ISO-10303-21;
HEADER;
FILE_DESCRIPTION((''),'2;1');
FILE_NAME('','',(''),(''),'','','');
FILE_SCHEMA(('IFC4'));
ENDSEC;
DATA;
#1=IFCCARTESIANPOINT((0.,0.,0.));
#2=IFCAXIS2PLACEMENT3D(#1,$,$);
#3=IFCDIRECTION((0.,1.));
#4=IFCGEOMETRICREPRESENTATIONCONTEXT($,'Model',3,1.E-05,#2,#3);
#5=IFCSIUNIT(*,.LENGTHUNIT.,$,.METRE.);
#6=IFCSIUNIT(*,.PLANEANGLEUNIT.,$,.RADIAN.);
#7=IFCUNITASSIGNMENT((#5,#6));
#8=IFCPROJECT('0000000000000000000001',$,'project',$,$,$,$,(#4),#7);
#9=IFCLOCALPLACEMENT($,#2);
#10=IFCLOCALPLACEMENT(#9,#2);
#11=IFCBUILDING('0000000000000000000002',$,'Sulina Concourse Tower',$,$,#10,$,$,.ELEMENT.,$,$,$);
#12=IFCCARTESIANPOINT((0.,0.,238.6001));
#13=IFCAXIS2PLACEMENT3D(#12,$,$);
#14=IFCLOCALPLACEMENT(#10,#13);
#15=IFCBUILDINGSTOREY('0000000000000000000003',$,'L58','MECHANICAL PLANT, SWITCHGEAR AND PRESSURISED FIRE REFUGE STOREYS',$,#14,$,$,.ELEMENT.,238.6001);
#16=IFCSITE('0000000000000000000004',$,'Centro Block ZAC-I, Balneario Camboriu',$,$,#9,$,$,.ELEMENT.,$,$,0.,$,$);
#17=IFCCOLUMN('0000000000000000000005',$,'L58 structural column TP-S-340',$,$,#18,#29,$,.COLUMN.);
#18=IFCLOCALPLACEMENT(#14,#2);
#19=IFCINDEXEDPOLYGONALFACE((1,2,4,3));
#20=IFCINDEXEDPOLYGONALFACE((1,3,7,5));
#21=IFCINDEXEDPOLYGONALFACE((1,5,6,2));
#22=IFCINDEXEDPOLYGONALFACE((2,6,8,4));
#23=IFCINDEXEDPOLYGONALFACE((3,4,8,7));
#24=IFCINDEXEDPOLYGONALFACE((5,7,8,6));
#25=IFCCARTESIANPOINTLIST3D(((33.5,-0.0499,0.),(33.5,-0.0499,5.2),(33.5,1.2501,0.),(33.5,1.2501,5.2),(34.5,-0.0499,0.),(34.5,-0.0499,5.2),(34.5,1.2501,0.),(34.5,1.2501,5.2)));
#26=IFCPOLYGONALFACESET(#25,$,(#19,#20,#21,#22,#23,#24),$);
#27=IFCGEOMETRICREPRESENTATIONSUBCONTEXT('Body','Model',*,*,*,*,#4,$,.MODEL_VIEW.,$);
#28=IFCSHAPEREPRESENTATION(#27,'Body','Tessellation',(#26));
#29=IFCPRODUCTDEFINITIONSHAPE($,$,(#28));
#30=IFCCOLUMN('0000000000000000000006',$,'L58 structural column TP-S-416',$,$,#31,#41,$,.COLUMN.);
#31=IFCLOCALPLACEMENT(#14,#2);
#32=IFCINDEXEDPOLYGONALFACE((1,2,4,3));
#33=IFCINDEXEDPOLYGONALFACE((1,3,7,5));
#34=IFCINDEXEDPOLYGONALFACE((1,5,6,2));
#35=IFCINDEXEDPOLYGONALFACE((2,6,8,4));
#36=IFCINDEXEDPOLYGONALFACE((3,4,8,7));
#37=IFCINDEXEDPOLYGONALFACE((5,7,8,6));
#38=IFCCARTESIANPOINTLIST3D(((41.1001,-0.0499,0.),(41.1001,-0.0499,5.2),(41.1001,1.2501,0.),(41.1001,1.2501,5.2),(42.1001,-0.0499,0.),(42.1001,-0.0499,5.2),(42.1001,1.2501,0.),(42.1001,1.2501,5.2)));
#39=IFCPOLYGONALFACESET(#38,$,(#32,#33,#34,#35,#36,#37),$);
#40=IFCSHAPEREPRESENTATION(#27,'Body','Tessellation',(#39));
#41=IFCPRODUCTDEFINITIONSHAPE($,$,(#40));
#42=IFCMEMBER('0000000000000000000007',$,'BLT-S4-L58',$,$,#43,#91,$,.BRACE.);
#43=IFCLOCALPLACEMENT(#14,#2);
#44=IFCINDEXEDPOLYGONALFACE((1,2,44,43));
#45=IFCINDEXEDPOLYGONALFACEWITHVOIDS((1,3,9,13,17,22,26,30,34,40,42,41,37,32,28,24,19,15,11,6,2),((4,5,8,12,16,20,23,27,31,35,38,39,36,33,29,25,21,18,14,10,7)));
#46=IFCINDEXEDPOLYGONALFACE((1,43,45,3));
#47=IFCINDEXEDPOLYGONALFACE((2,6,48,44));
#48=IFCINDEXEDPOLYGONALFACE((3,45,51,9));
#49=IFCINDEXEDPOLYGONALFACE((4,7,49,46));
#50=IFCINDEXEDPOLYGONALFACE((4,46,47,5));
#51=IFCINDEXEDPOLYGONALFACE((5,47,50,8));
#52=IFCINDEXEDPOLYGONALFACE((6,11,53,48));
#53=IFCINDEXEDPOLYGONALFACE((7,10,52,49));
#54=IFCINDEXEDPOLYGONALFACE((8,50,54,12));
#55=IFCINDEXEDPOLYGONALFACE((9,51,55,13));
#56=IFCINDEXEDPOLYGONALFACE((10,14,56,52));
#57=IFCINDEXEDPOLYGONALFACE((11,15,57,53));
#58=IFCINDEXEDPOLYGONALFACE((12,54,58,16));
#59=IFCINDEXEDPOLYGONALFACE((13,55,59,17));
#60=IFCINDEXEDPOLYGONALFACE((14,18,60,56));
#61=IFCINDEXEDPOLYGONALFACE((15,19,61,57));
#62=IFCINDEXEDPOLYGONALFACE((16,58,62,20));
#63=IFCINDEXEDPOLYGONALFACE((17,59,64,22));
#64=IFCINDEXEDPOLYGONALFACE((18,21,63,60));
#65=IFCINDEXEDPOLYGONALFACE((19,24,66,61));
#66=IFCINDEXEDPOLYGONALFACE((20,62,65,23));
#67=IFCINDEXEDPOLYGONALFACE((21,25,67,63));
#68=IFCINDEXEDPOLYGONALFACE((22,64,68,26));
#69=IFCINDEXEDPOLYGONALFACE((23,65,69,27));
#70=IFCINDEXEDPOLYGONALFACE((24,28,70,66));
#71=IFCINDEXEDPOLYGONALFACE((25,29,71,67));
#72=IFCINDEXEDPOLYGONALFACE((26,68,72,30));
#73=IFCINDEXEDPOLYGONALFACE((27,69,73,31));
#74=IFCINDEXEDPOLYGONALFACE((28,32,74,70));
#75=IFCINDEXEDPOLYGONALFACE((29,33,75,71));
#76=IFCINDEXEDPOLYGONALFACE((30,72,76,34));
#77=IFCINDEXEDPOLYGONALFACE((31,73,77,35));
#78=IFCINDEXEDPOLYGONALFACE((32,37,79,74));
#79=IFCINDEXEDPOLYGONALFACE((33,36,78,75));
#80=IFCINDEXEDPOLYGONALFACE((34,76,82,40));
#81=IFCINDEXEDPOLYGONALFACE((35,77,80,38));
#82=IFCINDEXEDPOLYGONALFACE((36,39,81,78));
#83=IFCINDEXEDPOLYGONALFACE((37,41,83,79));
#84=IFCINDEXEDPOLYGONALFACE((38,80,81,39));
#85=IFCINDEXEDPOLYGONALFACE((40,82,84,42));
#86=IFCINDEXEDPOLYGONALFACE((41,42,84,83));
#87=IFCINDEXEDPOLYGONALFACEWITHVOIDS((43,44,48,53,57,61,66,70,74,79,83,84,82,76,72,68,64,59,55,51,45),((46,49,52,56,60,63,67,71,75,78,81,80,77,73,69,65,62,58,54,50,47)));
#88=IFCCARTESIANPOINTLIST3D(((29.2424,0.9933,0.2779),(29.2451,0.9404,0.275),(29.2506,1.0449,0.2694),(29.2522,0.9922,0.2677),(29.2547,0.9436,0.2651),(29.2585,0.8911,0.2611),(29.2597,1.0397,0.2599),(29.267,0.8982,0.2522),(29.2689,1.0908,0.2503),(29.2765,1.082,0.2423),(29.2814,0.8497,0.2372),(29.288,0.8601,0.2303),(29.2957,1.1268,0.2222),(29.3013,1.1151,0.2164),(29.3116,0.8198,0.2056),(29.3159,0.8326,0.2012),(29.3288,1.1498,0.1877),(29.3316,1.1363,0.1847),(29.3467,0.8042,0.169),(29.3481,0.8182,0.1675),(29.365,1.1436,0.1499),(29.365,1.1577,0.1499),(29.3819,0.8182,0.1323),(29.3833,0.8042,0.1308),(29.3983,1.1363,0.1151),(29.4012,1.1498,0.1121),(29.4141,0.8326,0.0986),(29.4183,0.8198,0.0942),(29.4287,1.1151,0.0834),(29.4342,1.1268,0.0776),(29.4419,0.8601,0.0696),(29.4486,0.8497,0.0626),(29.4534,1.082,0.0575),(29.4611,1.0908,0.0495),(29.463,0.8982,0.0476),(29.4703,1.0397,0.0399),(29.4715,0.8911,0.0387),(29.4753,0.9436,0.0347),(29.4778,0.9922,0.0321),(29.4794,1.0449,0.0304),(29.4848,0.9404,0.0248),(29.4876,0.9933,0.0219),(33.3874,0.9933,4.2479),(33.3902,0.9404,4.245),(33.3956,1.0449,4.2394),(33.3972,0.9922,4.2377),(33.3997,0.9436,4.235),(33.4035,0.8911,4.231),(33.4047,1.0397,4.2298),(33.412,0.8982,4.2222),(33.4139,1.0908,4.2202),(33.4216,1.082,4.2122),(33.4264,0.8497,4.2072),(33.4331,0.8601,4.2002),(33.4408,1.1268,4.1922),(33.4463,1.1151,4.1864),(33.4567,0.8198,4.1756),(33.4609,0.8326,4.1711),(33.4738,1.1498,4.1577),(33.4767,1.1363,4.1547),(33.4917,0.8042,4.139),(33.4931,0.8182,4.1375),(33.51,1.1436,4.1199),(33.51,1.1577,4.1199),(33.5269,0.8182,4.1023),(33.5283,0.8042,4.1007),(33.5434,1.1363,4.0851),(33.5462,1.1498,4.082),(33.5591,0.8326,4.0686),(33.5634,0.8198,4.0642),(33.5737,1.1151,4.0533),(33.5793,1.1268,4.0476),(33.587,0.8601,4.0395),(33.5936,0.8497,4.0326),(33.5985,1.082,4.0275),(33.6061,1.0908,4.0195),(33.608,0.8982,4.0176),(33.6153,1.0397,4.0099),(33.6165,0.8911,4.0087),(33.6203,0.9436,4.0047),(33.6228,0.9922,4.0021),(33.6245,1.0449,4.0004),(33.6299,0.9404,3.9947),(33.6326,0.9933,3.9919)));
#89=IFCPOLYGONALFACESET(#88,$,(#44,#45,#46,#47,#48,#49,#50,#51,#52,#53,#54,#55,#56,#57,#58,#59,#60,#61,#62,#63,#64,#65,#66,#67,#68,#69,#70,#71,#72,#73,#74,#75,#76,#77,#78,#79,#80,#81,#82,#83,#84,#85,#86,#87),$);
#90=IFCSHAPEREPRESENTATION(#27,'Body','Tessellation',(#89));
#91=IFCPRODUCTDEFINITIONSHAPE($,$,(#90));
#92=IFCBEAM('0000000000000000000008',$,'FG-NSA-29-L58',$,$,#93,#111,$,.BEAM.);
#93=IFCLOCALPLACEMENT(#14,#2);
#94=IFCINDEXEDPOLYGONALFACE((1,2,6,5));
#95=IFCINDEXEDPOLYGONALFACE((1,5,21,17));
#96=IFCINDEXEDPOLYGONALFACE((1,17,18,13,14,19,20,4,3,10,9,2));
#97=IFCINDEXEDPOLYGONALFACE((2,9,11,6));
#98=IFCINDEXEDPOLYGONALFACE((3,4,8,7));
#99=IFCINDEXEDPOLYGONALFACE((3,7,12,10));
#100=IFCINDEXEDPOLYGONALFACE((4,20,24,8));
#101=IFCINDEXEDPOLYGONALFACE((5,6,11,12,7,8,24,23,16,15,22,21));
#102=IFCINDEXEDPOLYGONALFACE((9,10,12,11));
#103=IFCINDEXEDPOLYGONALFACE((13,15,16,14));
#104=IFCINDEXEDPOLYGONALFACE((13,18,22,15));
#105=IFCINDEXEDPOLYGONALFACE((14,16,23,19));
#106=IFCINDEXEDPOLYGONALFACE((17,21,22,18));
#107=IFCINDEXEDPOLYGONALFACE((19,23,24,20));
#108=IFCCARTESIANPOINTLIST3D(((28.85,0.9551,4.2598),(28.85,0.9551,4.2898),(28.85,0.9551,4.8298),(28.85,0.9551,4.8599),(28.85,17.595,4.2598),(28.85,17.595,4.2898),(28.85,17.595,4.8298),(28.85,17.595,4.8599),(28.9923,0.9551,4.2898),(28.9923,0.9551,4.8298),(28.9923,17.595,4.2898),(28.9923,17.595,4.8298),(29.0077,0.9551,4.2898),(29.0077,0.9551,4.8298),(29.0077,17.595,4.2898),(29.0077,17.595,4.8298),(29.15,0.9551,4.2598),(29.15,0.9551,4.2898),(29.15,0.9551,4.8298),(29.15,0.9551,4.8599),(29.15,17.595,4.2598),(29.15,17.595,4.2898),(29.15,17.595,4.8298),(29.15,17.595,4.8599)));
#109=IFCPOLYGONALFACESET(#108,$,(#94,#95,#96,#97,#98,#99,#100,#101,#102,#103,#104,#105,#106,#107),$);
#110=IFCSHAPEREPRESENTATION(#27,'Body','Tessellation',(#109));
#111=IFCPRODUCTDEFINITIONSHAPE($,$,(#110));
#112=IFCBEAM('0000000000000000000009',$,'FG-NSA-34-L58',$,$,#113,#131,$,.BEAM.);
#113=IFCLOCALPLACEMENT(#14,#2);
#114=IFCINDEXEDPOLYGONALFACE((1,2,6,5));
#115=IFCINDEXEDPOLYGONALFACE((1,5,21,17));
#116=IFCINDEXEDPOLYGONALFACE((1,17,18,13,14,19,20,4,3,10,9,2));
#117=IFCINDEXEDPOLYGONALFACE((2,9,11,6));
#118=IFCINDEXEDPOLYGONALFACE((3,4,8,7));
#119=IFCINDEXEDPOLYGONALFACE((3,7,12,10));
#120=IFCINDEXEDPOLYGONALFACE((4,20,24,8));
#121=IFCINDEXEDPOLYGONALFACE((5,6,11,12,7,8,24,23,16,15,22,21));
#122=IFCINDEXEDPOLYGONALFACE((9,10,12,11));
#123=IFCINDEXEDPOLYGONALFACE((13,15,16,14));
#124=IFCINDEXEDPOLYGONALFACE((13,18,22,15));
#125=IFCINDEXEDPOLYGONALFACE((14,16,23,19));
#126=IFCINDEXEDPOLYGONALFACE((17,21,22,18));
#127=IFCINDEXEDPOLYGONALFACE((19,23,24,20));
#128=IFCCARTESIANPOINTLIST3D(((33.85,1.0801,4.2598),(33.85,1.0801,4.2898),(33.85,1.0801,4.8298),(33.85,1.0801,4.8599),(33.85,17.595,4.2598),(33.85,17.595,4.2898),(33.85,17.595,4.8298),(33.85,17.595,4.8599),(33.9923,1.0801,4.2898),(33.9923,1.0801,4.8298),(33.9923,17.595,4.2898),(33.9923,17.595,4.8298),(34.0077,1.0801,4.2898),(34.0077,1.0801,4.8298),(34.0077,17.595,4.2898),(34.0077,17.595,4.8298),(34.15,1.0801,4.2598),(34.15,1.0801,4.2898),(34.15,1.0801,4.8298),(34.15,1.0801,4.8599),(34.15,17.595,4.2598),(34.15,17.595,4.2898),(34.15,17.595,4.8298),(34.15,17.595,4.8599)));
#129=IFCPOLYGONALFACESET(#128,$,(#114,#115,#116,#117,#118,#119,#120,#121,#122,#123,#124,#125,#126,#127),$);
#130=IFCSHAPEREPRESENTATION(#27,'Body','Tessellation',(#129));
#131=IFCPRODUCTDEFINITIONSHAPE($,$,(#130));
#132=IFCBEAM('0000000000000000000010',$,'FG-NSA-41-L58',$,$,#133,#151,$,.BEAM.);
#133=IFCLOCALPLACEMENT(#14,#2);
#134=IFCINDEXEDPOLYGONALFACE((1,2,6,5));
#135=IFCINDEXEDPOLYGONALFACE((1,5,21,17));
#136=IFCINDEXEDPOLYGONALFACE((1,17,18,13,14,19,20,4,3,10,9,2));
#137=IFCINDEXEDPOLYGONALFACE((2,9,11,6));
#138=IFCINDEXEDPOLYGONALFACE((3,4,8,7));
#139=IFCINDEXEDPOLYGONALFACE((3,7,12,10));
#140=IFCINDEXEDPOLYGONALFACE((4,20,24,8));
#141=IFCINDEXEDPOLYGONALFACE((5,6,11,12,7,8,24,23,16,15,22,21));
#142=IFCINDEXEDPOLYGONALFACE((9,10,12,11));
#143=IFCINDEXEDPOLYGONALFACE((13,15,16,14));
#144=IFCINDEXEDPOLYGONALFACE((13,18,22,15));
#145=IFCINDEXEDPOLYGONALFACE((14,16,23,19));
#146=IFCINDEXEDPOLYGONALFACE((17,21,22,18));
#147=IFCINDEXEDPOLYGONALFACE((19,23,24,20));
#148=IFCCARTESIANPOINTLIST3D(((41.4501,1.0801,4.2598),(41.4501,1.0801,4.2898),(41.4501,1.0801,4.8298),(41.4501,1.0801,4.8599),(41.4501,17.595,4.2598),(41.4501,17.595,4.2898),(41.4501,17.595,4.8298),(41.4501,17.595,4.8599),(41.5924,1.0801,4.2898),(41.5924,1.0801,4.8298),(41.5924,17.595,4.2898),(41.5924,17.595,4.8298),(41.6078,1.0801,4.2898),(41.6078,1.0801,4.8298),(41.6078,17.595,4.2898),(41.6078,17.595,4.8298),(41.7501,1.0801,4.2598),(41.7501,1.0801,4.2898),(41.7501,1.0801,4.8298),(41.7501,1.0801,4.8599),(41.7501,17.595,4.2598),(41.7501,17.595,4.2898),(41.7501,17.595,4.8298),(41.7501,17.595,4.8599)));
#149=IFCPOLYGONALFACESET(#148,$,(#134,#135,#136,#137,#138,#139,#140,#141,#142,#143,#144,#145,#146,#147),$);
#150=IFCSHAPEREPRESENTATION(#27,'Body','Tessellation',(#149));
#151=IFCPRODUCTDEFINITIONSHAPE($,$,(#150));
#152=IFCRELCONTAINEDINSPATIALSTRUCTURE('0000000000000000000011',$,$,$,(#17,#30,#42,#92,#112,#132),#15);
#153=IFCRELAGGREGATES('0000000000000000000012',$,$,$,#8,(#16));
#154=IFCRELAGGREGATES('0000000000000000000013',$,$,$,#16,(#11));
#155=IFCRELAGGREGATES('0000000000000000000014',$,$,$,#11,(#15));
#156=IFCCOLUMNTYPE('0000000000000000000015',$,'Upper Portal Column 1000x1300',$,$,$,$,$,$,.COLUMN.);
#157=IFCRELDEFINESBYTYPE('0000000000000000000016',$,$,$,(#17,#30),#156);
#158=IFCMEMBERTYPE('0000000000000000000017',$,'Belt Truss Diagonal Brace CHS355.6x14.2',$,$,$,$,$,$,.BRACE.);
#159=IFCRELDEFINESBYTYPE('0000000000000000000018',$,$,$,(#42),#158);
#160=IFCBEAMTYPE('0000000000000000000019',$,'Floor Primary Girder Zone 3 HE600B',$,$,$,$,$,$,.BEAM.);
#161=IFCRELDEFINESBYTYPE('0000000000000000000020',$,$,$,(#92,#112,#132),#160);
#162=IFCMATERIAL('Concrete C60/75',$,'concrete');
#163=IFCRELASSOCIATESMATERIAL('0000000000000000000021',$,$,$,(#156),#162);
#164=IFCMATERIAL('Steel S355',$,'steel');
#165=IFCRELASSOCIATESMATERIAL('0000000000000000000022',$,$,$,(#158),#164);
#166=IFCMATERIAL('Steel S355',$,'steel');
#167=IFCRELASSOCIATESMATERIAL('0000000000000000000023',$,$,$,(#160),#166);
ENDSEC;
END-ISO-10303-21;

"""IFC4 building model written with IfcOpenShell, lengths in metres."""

from ifc_helpers import new_model, si_unit, direction, frame, origin, origin_2d, place, context, subcontext, project, spatial, rectangle, hollow_circle, i_section, extrude, material, material_profile, profile_set, type_object, element, save


model = new_model("IFC4")

# Units and contexts
model_context = context("Model", 3, precision=1e-05, world=origin(), true_north=direction((0.0, 1.0)))
body_context = subcontext(model_context, "Body", "Model", "MODEL_VIEW")
ifc_project = project(units=[si_unit("LENGTHUNIT", "METRE"), si_unit("PLANEANGLEUNIT", "RADIAN")], contexts=[model_context])

# Site, building, storey
site_placement = place(None, origin())
site = spatial("IfcSite", under=ifc_project, at=site_placement, Name="Centro Block ZAC-I, Balneario Camboriu", CompositionType="ELEMENT", RefElevation=0.0)
building_placement = place(site_placement, origin())
building = spatial("IfcBuilding", under=site, at=building_placement, Name="Sulina Concourse Tower", CompositionType="ELEMENT")
storey_placement = place(building_placement, frame((0.0, 0.0, 238.6001)))
storey = spatial("IfcBuildingStorey", under=building, at=storey_placement, Name="L58", Description="MECHANICAL PLANT, SWITCHGEAR AND PRESSURISED FIRE REFUGE STOREYS", CompositionType="ELEMENT", Elevation=238.6001)

# Columns
ifc_material_1 = material(Name="Concrete C60/75", Category="concrete")
ifc_material_profile_1 = material_profile(ifc_material_1, rectangle(XDim=1.0, YDim=1.3, at=origin_2d()), Name="RC 1000x1300")
ifc_profile_set_1 = profile_set([ifc_material_profile_1], Name="Concrete C60/75")
column_type = type_object("IfcColumnType", Name="Upper Portal Column 1000x1300", PredefinedType="COLUMN", material=ifc_profile_set_1)
for number, where, z_axis, x_axis, name in (
    (1, (34.0, 0.6001, 0.0), (0.0, 0.0, 1.0), (1.0, 0.0, 0.0), "L58 structural column TP-S-340"),
    (2, (41.6001, 0.6001, 0.0), (0.0, 0.0, 1.0), (1.0, 0.0, 0.0), "L58 structural column TP-S-416"),
):
    element("IfcColumn", number, at=place(storey_placement, frame(where, z_axis=z_axis, x_axis=x_axis)), inside=storey, type_object=column_type, Name=name, PredefinedType="COLUMN", context=body_context, shape_type="SweptSolid", body=[
        extrude(rectangle(XDim=1.0, YDim=1.3, at=origin_2d()), origin(), (0.0, 0.0, 1.0), 5.2),
    ])

# Member
ifc_material_2 = material(Name="Steel S355", Category="steel")
ifc_material_profile_2 = material_profile(ifc_material_2, hollow_circle(Radius=0.1777, WallThickness=0.0142, at=origin_2d()), Name="CHS 355.6x14.2")
ifc_profile_set_2 = profile_set([ifc_material_profile_2], Name="Steel S355")
member_type_1 = type_object("IfcMemberType", Name="Belt Truss Diagonal Brace CHS355.6x14.2", PredefinedType="BRACE", material=ifc_profile_set_2)
member_1_placement = place(storey_placement, frame((29.365, 0.98, 0.1499), z_axis=(0.722192, 0.0, 0.691693), x_axis=(0.0, 1.0, 0.0)))
element("IfcMember", 3, at=member_1_placement, inside=storey, type_object=member_type_1, Name="BLT-S4-L58", PredefinedType="BRACE", context=body_context, shape_type="SweptSolid", body=[
    extrude(hollow_circle(Radius=0.1777, WallThickness=0.0142, at=origin_2d()), origin(), (0.0, 0.0, 1.0), 5.7395),
])

# Beams
ifc_material_3 = material(Name="Steel S355", Category="steel")
ifc_material_profile_3 = material_profile(ifc_material_3, i_section(OverallWidth=0.3, OverallDepth=0.6001, WebThickness=0.0154, FlangeThickness=0.03, at=origin_2d()), Name="HE 600 B")
ifc_profile_set_3 = profile_set([ifc_material_profile_3], Name="Steel S355")
beam_type_1 = type_object("IfcBeamType", Name="Floor Primary Girder Zone 3 HE600B", PredefinedType="BEAM", material=ifc_profile_set_3)
beam_1_placement = place(storey_placement, frame((29.0, 0.9551, 4.5598), z_axis=(0.0, 1.0, 0.0), x_axis=(-1.0, 0.0, 0.0)))
element("IfcBeam", 4, at=beam_1_placement, inside=storey, type_object=beam_type_1, Name="FG-NSA-29-L58", PredefinedType="BEAM", context=body_context, shape_type="SweptSolid", body=[
    extrude(i_section(OverallWidth=0.3, OverallDepth=0.6001, WebThickness=0.0154, FlangeThickness=0.03, at=origin_2d()), origin(), (0.0, 0.0, 1.0), 16.6399),
])
for number, where, z_axis, x_axis, name in (
    (5, (34.0, 1.0801, 4.5598), (0.0, 1.0, 0.0), (-1.0, 0.0, 0.0), "FG-NSA-34-L58"),
    (6, (41.6001, 1.0801, 4.5598), (0.0, 1.0, 0.0), (-1.0, 0.0, 0.0), "FG-NSA-41-L58"),
):
    element("IfcBeam", number, at=place(storey_placement, frame(where, z_axis=z_axis, x_axis=x_axis)), inside=storey, type_object=beam_type_1, Name=name, PredefinedType="BEAM", context=body_context, shape_type="SweptSolid", body=[
        extrude(i_section(OverallWidth=0.3, OverallDepth=0.6001, WebThickness=0.0154, FlangeThickness=0.03, at=origin_2d()), origin(), (0.0, 0.0, 1.0), 16.5149),
    ])

save(model, "model.ifc")
